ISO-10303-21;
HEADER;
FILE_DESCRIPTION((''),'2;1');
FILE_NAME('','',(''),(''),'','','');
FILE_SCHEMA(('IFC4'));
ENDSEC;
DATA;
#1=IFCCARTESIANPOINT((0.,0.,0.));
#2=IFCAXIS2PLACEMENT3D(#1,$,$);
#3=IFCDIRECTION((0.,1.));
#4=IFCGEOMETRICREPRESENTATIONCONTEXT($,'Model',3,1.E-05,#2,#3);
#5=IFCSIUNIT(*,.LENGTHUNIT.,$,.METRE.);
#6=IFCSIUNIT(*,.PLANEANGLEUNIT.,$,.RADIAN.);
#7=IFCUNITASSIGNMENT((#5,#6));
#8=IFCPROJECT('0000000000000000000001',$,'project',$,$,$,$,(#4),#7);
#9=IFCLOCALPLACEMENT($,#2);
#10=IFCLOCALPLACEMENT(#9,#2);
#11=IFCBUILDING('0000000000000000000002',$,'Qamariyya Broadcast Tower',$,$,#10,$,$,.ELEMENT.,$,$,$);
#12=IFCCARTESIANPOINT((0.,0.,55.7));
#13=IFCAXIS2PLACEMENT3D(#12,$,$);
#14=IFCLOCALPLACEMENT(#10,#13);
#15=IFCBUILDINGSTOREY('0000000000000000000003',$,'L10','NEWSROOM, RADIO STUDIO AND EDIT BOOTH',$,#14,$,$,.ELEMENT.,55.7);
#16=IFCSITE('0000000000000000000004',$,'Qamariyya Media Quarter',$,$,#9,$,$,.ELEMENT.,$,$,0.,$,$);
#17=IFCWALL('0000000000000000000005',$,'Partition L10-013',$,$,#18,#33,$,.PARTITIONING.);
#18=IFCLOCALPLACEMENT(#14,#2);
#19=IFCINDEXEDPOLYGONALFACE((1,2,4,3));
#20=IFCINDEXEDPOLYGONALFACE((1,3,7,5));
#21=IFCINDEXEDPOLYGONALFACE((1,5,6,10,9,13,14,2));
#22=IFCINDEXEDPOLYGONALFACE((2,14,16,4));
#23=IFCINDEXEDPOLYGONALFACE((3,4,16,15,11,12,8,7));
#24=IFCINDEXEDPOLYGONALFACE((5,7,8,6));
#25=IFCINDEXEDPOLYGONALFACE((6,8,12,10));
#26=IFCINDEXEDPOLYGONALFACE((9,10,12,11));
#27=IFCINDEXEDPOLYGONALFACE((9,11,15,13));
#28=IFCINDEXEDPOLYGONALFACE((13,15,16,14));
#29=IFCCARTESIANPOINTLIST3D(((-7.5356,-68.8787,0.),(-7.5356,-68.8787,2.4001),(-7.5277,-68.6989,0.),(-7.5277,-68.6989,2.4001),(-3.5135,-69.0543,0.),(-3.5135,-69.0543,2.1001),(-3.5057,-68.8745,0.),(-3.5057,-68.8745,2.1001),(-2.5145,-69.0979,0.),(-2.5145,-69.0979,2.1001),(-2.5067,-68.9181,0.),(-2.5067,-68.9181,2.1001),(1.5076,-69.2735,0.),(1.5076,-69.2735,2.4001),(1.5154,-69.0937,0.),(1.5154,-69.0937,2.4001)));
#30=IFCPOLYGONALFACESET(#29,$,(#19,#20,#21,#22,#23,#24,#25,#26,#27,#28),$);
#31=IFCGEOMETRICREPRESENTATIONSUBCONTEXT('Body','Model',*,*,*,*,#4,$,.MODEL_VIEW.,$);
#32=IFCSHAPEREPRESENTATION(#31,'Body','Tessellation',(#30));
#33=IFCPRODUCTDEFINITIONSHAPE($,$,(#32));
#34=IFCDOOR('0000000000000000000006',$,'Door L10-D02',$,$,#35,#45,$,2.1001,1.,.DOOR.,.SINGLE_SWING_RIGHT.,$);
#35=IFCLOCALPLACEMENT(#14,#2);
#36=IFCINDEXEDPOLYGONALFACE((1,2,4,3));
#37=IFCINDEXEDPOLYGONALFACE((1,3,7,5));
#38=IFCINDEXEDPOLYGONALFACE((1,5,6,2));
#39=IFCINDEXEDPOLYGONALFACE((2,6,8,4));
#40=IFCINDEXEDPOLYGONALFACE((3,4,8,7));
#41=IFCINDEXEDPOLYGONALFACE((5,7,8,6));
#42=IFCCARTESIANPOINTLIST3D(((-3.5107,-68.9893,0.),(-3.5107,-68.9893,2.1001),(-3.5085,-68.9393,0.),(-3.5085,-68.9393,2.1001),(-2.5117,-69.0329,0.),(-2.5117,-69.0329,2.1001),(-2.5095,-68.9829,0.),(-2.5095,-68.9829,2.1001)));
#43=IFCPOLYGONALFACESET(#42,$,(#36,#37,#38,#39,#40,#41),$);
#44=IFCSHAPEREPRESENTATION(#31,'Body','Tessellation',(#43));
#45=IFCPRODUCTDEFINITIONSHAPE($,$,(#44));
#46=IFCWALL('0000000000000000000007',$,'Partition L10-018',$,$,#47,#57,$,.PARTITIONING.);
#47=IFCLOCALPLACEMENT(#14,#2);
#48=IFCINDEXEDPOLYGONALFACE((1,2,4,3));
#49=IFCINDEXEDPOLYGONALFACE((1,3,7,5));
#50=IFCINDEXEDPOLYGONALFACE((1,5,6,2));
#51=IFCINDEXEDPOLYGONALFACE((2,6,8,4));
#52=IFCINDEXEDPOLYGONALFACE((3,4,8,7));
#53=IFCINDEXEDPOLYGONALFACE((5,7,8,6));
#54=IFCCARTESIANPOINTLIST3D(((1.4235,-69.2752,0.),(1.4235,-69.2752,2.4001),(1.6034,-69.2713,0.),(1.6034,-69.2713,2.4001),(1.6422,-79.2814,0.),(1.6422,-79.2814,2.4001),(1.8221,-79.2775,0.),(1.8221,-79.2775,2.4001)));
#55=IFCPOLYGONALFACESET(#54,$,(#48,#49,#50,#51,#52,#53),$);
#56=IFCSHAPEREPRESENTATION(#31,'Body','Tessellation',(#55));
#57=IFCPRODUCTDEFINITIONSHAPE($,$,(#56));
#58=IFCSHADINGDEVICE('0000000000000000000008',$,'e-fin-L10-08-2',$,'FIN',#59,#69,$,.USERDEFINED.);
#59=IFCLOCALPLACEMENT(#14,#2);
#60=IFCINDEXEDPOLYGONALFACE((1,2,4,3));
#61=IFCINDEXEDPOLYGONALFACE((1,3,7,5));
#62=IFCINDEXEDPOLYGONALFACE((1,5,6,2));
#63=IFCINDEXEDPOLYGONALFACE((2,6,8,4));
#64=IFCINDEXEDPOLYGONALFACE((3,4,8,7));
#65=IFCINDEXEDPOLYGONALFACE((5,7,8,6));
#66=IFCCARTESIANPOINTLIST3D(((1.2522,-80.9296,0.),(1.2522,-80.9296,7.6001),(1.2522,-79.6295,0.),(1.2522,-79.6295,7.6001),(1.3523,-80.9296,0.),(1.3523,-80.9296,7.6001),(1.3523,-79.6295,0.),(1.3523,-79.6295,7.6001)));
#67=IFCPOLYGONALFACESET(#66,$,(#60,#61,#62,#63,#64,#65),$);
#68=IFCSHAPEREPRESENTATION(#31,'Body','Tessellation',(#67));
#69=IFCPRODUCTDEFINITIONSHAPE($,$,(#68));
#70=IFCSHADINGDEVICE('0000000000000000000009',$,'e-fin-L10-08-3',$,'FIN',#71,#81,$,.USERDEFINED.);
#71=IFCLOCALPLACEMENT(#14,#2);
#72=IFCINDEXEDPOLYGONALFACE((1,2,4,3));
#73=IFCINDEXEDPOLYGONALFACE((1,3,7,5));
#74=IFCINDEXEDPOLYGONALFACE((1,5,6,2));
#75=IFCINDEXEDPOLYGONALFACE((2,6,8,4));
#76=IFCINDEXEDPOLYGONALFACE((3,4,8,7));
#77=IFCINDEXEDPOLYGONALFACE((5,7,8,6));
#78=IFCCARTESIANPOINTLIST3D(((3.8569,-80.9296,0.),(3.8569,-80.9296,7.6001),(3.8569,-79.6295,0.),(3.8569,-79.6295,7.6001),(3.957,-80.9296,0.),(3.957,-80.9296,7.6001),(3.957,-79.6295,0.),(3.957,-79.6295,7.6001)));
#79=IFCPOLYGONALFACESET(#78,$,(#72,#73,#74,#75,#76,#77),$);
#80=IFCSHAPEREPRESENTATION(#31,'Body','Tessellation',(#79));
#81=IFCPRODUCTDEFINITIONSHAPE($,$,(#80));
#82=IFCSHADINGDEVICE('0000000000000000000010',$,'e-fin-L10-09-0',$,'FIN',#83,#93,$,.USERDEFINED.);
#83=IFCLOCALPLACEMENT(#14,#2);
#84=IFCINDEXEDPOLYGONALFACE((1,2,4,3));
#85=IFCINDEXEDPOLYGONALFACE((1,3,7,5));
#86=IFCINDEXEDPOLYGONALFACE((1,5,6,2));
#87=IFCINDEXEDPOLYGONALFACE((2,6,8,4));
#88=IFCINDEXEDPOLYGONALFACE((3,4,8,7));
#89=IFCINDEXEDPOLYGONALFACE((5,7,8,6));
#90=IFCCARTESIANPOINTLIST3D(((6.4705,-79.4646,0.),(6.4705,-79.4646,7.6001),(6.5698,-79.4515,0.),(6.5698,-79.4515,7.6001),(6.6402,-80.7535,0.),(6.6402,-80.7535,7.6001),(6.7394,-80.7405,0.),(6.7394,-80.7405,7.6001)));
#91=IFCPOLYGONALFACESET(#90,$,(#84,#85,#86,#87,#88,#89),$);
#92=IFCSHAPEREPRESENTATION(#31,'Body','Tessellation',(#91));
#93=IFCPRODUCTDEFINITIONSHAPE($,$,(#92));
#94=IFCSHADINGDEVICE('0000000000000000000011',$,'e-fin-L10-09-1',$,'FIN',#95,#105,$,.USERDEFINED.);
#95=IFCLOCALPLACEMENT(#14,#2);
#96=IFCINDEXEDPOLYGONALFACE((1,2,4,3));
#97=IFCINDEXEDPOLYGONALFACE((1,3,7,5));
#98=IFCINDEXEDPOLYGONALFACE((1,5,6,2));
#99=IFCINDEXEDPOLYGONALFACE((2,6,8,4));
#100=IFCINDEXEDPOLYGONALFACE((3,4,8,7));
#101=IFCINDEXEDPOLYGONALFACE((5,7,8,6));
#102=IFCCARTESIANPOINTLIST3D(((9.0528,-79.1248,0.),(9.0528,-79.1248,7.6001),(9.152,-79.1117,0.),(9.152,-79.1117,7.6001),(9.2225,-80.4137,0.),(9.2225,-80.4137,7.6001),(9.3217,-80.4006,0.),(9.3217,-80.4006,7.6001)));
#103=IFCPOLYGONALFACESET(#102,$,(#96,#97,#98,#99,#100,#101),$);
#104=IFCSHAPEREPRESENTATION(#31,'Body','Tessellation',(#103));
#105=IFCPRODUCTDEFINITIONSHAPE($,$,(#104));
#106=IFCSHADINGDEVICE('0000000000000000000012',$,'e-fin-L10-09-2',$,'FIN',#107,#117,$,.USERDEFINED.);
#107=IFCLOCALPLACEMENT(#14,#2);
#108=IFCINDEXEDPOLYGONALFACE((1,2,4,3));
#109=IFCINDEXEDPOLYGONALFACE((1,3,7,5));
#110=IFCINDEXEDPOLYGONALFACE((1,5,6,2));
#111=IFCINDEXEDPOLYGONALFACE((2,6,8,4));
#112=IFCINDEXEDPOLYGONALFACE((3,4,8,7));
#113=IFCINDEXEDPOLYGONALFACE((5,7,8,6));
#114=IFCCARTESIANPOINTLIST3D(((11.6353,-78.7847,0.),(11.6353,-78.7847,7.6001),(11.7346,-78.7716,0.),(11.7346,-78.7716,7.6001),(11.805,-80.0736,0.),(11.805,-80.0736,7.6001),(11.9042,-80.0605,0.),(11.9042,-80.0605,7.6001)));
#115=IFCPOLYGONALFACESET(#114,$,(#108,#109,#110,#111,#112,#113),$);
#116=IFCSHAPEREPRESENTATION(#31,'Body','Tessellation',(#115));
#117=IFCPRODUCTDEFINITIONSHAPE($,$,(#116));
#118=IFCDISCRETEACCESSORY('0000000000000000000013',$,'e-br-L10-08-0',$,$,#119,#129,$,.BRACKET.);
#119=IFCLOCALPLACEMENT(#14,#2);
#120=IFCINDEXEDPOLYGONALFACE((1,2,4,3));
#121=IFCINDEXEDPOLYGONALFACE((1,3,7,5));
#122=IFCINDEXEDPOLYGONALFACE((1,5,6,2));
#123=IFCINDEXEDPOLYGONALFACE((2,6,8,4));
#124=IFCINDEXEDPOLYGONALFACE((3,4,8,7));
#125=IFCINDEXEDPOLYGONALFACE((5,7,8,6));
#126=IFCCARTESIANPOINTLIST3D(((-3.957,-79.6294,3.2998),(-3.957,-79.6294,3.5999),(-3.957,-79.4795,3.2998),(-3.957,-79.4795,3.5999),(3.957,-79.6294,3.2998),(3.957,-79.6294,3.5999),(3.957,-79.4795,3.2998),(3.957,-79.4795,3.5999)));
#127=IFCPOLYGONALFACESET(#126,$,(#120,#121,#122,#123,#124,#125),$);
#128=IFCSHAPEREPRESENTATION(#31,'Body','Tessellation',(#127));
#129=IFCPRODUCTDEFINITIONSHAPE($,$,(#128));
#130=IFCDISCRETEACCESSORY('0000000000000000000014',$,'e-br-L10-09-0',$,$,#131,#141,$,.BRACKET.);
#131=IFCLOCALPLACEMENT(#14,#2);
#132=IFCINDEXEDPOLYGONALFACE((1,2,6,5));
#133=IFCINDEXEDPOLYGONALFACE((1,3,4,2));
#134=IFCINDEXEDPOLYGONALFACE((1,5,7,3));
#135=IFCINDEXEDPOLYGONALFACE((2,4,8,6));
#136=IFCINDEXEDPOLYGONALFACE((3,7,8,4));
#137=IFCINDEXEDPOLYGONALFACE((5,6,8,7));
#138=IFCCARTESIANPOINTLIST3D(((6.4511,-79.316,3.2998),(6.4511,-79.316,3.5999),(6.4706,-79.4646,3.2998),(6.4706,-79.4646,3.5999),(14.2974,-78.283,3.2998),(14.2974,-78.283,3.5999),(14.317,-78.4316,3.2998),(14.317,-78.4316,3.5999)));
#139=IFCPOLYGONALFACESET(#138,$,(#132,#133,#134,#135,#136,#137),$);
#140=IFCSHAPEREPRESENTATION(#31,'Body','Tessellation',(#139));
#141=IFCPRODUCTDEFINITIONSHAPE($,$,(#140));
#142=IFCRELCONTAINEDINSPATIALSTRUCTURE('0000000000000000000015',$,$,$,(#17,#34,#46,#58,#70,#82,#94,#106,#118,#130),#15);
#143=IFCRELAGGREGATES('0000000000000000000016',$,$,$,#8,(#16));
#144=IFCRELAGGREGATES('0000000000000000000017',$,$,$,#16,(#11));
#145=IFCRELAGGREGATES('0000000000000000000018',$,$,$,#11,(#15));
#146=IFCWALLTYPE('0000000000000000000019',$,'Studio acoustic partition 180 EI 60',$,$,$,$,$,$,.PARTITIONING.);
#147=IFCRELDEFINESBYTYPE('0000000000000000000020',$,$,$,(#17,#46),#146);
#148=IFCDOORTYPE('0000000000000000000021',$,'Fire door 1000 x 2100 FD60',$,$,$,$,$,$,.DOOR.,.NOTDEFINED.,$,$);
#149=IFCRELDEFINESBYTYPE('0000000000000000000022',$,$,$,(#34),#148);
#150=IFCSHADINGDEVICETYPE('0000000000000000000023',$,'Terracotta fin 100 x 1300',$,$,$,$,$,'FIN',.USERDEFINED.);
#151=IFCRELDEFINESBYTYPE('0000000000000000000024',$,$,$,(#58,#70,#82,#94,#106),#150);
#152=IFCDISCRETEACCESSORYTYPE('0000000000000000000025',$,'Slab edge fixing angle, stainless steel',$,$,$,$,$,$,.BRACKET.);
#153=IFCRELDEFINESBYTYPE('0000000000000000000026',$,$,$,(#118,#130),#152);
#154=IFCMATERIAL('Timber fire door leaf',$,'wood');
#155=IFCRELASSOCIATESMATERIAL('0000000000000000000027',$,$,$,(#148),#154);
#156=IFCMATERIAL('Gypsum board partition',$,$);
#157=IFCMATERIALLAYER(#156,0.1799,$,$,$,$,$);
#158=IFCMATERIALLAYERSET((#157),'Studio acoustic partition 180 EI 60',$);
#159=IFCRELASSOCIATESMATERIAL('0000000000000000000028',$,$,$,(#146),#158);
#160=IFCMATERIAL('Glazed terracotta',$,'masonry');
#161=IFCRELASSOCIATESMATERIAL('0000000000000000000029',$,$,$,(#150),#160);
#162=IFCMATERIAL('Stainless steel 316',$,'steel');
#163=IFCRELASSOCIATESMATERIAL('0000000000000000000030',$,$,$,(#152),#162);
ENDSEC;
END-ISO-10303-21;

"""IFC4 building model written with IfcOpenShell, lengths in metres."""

from ifc_helpers import new_model, si_unit, direction, frame, frame_2d, origin, origin_2d, place, context, subcontext, project, spatial, rectangle, extrude, material, layer, layer_set, material_profile, profile_set, type_object, element, fill, save


model = new_model("IFC4")

# Units and contexts
model_context = context("Model", 3, precision=1e-05, world=origin(), true_north=direction((0.0, 1.0)))
body_context = subcontext(model_context, "Body", "Model", "MODEL_VIEW")
ifc_project = project(units=[si_unit("LENGTHUNIT", "METRE"), si_unit("PLANEANGLEUNIT", "RADIAN")], contexts=[model_context])

# Site, building, storey
site_placement = place(None, origin())
site = spatial("IfcSite", under=ifc_project, at=site_placement, Name="Qamariyya Media Quarter", CompositionType="ELEMENT", RefElevation=0.0)
building_placement = place(site_placement, origin())
building = spatial("IfcBuilding", under=site, at=building_placement, Name="Qamariyya Broadcast Tower", CompositionType="ELEMENT")
storey_placement = place(building_placement, frame((0.0, 0.0, 55.7)))
storey = spatial("IfcBuildingStorey", under=building, at=storey_placement, Name="L10", Description="NEWSROOM, RADIO STUDIO AND EDIT BOOTH", CompositionType="ELEMENT", Elevation=55.7)

# Shared definitions
ifc_material_1 = material(Name="Gypsum board partition")
ifc_material_2 = material(Name="Timber fire door leaf", Category="wood")
door_type = type_object("IfcDoorType", Name="Fire door 1000 x 2100 FD60", OperationType="NOTDEFINED", PredefinedType="DOOR", material=ifc_material_2)

# Wall, opening, door
ifc_layer_1 = layer(ifc_material_1, 0.1799)
ifc_layer_set_1 = layer_set([ifc_layer_1], Name="Studio acoustic partition 180 EI 60")
wall_type_1 = type_object("IfcWallType", Name="Studio acoustic partition 180 EI 60", PredefinedType="PARTITIONING", material=ifc_layer_set_1)
wall_1_placement = place(storey_placement, frame((1.5115, -69.1836, 0.0), z_axis=(0.0, 0.0, 1.0), x_axis=(-0.999049, 0.043613, 0.0)))
wall_1 = element("IfcWall", 1, at=wall_1_placement, inside=storey, type_object=wall_type_1, Name="Partition L10-013", PredefinedType="PARTITIONING", context=body_context, shape_type="SweptSolid", body=[
    extrude(rectangle(XDim=9.0518, YDim=0.1799, at=frame_2d((4.5259, 0.0))), origin(), (0.0, 0.0, 1.0), 2.4001),
])
opening_1_placement = place(wall_1_placement, frame((4.0259, 0.0, 0.0)))
opening_1 = element("IfcOpeningElement", 2, at=opening_1_placement, cuts=wall_1, PredefinedType="OPENING", context=body_context, shape_type="SweptSolid", body=[
    extrude(rectangle(XDim=1.0, YDim=2.1001, at=frame_2d((0.5, 1.05))), frame((0.0, 0.0999, 0.0), z_axis=(0.0, -1.0, 0.0), x_axis=(1.0, 0.0, 0.0)), (0.0, 0.0, 1.0), 0.2),
])
door_1_placement = place(opening_1_placement, origin())
door_1 = element("IfcDoor", 3, at=door_1_placement, inside=storey, type_object=door_type, Name="Door L10-D02", OperationType="SINGLE_SWING_RIGHT", OverallHeight=2.1001, OverallWidth=1.0, PredefinedType="DOOR", context=body_context, shape_type="SweptSolid", body=[
    extrude(rectangle(XDim=1.0, YDim=2.1001, at=frame_2d((0.5, 1.05))), frame((0.0, 0.0249, 0.0), z_axis=(0.0, -1.0, 0.0), x_axis=(1.0, 0.0, 0.0)), (0.0, 0.0, 1.0), 0.05),
])
fill(opening_1, door_1)

# Wall
wall_2_placement = place(storey_placement, frame((1.7322, -79.2795, 0.0), z_axis=(0.0, 0.0, 1.0), x_axis=(-0.021856, 0.999761, 0.0)))
element("IfcWall", 4, at=wall_2_placement, inside=storey, type_object=wall_type_1, Name="Partition L10-018", PredefinedType="PARTITIONING", context=body_context, shape_type="SweptSolid", body=[
    extrude(rectangle(XDim=10.0085, YDim=0.1799, at=frame_2d((5.0044, 0.0))), origin(), (0.0, 0.0, 1.0), 2.4001),
])

# Shading devices
ifc_material_3 = material(Name="Glazed terracotta", Category="masonry")
ifc_material_profile_1 = material_profile(ifc_material_3, rectangle(XDim=1.3, YDim=0.1001, at=origin_2d()))
ifc_profile_set_1 = profile_set([ifc_material_profile_1], Name="Glazed terracotta")
shading_device_type_1 = type_object("IfcShadingDeviceType", Name="Terracotta fin 100 x 1300", ElementType="FIN", PredefinedType="USERDEFINED", material=ifc_profile_set_1)
for number, where, z_axis, x_axis, name in (
    (5, (1.3022, -80.2795, 0.0), (0.0, 0.0, 1.0), (0.0, -1.0, 0.0), "e-fin-L10-08-2"),
    (6, (3.907, -80.2795, 0.0), (0.0, 0.0, 1.0), (0.0, -1.0, 0.0), "e-fin-L10-08-3"),
    (7, (6.605, -80.1025, 0.0), (0.0, 0.0, 1.0), (0.130526, -0.991445, 0.0), "e-fin-L10-09-0"),
    (8, (9.1873, -79.7627, 0.0), (0.0, 0.0, 1.0), (0.130526, -0.991445, 0.0), "e-fin-L10-09-1"),
    (9, (11.7698, -79.4226, 0.0), (0.0, 0.0, 1.0), (0.130526, -0.991445, 0.0), "e-fin-L10-09-2"),
):
    element("IfcShadingDevice", number, at=place(storey_placement, frame(where, z_axis=z_axis, x_axis=x_axis)), inside=storey, type_object=shading_device_type_1, Name=name, ObjectType="FIN", PredefinedType="USERDEFINED", context=body_context, shape_type="SweptSolid", body=[
        extrude(rectangle(XDim=1.3, YDim=0.1001, at=origin_2d()), origin(), (0.0, 0.0, 1.0), 7.6001),
    ])

# Discrete accessories
ifc_material_4 = material(Name="Stainless steel 316", Category="steel")
discrete_accessory_type = type_object("IfcDiscreteAccessoryType", Name="Slab edge fixing angle, stainless steel", PredefinedType="BRACKET", material=ifc_material_4)
for number, where, z_axis, x_axis, name in (
    (10, (0.0, -79.5544, 3.2998), (0.0, 0.0, 1.0), (1.0, 0.0, 0.0), "e-br-L10-08-0"),
    (11, (10.384, -78.8738, 3.2998), (0.0, 0.0, 1.0), (0.991445, 0.130526, 0.0), "e-br-L10-09-0"),
):
    element("IfcDiscreteAccessory", number, at=place(storey_placement, frame(where, z_axis=z_axis, x_axis=x_axis)), inside=storey, type_object=discrete_accessory_type, Name=name, PredefinedType="BRACKET", context=body_context, shape_type="SweptSolid", body=[
        extrude(rectangle(XDim=7.9141, YDim=0.1499, at=origin_2d()), origin(), (0.0, 0.0, 1.0), 0.3),
    ])

save(model, "model.ifc")
